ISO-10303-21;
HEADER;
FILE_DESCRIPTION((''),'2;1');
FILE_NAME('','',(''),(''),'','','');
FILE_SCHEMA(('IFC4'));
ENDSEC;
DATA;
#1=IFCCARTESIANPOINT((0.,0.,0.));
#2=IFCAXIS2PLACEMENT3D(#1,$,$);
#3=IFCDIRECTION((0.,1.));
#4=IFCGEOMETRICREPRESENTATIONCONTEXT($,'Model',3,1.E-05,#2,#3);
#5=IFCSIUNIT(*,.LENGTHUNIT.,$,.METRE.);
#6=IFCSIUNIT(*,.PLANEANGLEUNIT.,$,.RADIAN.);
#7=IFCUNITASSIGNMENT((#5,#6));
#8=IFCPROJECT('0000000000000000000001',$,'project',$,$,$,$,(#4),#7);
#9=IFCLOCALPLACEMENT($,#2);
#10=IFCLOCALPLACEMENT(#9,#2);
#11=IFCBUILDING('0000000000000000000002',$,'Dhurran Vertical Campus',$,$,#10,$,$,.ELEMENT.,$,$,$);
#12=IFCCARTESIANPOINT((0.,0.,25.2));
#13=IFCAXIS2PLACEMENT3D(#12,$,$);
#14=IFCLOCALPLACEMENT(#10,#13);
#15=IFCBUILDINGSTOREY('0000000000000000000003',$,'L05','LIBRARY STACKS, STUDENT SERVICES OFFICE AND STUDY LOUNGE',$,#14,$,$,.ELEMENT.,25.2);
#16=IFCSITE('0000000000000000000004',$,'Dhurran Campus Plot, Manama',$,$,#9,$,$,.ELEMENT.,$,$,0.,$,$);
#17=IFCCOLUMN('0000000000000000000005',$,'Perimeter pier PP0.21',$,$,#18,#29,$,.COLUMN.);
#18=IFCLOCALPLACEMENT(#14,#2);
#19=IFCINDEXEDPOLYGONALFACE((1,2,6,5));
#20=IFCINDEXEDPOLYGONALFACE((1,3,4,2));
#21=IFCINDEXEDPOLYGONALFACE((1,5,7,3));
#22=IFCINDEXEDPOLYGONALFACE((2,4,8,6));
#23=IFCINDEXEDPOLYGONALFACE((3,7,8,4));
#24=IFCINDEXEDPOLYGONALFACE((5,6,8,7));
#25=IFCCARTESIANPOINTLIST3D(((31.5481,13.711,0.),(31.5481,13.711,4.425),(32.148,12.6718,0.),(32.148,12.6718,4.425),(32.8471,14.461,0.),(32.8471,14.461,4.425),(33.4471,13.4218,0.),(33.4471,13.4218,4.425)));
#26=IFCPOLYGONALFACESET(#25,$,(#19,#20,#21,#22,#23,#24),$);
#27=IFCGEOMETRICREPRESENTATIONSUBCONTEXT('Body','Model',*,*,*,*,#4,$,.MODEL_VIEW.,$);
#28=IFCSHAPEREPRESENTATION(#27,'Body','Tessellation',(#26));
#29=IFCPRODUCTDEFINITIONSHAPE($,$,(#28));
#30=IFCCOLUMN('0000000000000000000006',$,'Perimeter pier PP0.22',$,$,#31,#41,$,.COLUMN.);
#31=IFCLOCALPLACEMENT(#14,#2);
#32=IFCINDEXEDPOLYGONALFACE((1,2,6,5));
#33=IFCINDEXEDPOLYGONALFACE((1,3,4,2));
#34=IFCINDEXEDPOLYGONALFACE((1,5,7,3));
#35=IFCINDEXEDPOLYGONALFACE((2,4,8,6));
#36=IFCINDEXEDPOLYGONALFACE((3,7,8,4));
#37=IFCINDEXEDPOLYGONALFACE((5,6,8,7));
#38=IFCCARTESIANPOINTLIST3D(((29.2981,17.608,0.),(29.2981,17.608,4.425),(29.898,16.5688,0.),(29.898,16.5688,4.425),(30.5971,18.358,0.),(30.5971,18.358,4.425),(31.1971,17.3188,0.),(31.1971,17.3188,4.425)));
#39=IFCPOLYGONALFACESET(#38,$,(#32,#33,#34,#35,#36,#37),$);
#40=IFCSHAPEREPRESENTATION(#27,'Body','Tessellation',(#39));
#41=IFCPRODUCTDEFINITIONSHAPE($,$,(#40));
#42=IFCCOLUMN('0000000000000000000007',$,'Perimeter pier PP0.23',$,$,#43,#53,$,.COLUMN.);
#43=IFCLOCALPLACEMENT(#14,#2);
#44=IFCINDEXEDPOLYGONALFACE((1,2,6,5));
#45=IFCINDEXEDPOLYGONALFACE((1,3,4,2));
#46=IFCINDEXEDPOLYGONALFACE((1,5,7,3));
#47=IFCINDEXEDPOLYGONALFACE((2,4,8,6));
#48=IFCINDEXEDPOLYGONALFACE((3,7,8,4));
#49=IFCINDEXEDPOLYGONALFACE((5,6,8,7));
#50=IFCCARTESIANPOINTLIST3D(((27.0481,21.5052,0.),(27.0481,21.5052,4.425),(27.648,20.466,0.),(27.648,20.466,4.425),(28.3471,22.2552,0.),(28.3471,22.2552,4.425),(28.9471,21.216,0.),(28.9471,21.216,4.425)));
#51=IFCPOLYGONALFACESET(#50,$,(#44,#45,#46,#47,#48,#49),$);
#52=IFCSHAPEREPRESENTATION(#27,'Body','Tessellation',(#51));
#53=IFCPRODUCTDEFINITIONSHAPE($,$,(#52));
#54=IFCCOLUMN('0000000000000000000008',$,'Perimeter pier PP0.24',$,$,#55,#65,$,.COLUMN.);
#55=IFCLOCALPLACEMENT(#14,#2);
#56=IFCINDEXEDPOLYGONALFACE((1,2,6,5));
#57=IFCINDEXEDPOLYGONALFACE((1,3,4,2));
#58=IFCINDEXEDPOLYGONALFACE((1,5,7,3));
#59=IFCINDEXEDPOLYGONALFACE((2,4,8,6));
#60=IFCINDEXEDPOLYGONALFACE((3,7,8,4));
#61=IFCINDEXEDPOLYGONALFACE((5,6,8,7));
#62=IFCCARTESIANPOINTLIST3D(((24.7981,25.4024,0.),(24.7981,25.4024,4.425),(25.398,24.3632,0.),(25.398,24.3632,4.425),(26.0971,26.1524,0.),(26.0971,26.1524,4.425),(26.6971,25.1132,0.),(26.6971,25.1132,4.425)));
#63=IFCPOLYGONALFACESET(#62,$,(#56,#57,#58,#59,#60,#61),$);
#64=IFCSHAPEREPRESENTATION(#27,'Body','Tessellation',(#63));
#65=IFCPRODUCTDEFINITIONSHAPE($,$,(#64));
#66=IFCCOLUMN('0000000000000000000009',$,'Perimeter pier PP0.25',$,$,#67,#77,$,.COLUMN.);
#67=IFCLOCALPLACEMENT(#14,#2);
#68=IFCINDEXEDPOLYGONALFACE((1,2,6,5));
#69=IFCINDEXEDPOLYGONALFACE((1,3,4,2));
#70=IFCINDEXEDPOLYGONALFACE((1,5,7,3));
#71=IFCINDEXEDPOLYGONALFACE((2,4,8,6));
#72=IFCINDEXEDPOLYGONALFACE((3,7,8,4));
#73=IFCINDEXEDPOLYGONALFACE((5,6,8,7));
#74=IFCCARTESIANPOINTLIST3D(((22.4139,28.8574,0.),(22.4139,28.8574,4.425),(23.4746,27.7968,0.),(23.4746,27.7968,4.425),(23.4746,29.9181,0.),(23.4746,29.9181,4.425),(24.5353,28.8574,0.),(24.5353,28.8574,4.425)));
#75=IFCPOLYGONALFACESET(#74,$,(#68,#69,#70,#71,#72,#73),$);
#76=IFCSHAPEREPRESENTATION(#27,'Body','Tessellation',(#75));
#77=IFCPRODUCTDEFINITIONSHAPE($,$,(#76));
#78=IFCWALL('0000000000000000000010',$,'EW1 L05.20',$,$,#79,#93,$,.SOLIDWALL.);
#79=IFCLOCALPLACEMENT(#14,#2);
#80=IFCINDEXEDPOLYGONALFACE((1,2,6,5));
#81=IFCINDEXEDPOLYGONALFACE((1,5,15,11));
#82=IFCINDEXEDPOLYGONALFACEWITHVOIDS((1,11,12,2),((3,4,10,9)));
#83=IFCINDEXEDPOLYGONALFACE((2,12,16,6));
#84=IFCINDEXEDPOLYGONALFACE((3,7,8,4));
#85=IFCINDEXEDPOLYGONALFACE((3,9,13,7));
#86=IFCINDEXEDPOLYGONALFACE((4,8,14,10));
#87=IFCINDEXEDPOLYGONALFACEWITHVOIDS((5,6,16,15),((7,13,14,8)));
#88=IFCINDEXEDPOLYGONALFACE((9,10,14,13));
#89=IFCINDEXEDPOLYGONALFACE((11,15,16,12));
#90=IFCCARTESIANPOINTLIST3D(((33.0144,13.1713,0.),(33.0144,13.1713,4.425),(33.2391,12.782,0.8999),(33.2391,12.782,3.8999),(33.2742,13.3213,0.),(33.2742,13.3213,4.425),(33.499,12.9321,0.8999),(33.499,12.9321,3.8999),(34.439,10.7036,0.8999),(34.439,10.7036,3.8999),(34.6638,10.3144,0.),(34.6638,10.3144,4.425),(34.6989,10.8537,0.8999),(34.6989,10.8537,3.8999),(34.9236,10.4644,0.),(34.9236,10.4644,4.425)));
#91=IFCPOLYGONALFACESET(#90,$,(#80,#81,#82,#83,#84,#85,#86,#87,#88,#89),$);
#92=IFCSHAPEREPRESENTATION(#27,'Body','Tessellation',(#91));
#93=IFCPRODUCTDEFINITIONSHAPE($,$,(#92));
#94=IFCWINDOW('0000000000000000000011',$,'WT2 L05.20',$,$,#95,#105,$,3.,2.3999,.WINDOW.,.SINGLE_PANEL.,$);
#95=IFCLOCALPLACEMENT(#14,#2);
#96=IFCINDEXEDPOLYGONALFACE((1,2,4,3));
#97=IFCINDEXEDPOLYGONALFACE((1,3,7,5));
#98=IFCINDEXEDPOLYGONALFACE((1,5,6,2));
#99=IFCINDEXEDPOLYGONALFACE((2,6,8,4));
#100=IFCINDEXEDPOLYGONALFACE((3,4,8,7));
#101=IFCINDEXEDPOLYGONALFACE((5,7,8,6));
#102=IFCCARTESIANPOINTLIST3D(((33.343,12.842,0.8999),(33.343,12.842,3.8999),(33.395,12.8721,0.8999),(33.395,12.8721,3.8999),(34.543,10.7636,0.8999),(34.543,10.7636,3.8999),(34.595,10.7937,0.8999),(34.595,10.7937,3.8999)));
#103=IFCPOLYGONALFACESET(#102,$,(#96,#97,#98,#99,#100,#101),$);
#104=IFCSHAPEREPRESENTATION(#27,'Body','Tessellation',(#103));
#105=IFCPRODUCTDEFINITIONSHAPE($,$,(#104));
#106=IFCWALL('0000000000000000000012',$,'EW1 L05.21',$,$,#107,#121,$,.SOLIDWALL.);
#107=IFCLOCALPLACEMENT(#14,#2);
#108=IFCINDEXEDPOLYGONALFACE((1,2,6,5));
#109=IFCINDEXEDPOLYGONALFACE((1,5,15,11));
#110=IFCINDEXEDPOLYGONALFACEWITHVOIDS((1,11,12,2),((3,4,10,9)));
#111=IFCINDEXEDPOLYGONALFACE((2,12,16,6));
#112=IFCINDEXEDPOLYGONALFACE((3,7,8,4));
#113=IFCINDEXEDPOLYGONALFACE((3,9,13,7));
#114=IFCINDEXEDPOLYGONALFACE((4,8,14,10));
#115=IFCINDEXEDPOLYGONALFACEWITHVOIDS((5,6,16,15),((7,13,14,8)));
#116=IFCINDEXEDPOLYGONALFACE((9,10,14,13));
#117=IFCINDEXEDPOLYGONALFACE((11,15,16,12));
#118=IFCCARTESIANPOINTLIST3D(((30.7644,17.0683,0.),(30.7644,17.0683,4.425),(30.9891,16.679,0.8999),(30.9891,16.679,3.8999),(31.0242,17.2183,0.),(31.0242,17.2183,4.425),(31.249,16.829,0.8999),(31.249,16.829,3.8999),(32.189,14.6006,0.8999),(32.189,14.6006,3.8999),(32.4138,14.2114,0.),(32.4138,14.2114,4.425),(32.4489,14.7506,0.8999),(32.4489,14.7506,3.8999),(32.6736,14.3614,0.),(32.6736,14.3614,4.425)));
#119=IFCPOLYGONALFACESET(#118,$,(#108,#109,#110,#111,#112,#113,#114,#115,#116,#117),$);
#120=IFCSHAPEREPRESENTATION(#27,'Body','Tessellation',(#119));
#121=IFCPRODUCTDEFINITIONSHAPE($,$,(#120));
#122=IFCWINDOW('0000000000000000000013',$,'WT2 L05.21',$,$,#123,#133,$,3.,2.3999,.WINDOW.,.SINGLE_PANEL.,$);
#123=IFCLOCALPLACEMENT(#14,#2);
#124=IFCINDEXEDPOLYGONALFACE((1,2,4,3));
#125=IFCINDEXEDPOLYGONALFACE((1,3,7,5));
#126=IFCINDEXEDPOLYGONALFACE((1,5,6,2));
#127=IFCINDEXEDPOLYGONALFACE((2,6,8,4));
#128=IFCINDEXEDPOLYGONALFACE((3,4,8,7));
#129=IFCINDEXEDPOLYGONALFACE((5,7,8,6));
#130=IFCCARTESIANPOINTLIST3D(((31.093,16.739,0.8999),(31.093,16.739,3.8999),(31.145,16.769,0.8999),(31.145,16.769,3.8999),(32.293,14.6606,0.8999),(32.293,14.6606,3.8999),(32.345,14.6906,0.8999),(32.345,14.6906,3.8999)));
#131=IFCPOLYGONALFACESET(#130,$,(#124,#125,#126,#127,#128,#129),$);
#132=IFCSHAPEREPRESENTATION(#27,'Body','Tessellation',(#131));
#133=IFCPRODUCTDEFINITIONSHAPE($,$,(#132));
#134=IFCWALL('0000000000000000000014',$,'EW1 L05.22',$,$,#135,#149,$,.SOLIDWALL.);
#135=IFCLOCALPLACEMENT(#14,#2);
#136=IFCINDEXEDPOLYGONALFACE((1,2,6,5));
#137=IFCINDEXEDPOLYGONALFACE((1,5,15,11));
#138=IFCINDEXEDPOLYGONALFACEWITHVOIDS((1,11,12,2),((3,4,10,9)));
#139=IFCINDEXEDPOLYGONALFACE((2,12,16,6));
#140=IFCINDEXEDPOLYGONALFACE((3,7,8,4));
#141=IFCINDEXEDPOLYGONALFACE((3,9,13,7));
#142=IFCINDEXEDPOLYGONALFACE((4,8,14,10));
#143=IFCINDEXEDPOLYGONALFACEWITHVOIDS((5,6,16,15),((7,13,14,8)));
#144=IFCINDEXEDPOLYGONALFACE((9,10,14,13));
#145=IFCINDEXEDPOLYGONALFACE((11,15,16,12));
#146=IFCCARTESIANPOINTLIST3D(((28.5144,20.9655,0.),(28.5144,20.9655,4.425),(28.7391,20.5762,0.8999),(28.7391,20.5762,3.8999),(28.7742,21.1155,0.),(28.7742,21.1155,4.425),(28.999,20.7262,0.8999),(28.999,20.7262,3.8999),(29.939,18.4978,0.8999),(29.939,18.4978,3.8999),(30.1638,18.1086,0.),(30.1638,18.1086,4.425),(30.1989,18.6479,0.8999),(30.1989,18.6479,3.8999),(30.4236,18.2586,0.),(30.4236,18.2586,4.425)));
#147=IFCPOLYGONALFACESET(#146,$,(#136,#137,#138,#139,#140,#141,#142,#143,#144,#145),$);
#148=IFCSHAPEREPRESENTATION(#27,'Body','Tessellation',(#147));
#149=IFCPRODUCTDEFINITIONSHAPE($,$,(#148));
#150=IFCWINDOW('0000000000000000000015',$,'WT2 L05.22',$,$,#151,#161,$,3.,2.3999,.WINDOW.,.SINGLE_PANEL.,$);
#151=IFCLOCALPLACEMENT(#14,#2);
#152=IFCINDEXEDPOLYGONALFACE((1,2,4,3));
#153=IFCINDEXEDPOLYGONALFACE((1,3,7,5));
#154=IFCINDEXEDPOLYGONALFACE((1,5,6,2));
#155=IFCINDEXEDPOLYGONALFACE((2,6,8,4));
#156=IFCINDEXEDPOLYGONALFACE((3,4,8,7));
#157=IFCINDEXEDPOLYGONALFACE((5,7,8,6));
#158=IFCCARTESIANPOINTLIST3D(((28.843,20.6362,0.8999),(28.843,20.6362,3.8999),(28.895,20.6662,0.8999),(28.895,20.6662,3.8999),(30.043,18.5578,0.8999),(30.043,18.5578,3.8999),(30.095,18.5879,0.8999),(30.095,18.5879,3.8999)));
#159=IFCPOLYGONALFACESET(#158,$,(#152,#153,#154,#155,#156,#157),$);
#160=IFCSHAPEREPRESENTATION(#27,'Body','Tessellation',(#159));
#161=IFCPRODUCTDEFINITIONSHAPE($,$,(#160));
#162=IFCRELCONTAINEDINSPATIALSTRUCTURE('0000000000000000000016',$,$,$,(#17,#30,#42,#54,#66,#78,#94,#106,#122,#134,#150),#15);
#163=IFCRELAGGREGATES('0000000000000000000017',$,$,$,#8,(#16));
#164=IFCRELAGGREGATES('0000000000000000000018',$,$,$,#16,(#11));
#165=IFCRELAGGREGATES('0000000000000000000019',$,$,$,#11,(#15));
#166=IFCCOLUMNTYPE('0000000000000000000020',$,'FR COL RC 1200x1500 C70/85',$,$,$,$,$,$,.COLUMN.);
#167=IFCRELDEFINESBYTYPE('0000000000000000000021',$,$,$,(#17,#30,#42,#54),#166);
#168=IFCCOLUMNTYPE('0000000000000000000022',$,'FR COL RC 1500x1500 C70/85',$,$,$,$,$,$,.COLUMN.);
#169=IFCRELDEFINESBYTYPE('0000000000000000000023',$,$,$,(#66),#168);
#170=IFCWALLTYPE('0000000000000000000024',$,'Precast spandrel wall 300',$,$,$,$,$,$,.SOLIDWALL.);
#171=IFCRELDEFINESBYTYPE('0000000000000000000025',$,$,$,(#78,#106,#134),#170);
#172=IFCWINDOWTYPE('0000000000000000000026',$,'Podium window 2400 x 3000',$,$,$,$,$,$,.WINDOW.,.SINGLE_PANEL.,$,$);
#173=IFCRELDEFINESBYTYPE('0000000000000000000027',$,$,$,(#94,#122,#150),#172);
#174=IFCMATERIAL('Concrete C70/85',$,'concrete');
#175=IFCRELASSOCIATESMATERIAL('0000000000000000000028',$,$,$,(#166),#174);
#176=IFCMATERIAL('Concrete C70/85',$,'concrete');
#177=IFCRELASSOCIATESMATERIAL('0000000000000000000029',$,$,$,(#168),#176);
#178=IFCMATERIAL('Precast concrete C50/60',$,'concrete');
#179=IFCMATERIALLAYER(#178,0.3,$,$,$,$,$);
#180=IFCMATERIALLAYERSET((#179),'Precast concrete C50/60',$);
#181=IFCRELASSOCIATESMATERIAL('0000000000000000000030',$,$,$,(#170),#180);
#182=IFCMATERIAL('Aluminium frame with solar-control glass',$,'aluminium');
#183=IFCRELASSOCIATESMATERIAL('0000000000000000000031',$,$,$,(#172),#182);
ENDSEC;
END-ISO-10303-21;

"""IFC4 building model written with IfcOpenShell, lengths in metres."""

from ifc_helpers import new_model, si_unit, direction, frame, frame_2d, origin, origin_2d, place, context, subcontext, project, spatial, rectangle, extrude, material, layer, layer_set, material_profile, profile_set, type_object, element, fill, save


model = new_model("IFC4")

# Units and contexts
model_context = context("Model", 3, precision=1e-05, world=origin(), true_north=direction((0.0, 1.0)))
body_context = subcontext(model_context, "Body", "Model", "MODEL_VIEW")
ifc_project = project(units=[si_unit("LENGTHUNIT", "METRE"), si_unit("PLANEANGLEUNIT", "RADIAN")], contexts=[model_context])

# Site, building, storey
site_placement = place(None, origin())
site = spatial("IfcSite", under=ifc_project, at=site_placement, Name="Dhurran Campus Plot, Manama", CompositionType="ELEMENT", RefElevation=0.0)
building_placement = place(site_placement, origin())
building = spatial("IfcBuilding", under=site, at=building_placement, Name="Dhurran Vertical Campus", CompositionType="ELEMENT")
storey_placement = place(building_placement, frame((0.0, 0.0, 25.2)))
storey = spatial("IfcBuildingStorey", under=building, at=storey_placement, Name="L05", Description="LIBRARY STACKS, STUDENT SERVICES OFFICE AND STUDY LOUNGE", CompositionType="ELEMENT", Elevation=25.2)

# Columns
ifc_material_1 = material(Name="Concrete C70/85", Category="concrete")
ifc_material_profile_1 = material_profile(ifc_material_1, rectangle(XDim=1.2, YDim=1.5, at=origin_2d()), Name="RC 1200x1500")
ifc_profile_set_1 = profile_set([ifc_material_profile_1], Name="Concrete C70/85")
column_type_1 = type_object("IfcColumnType", Name="FR COL RC 1200x1500 C70/85", PredefinedType="COLUMN", material=ifc_profile_set_1)
for number, where, z_axis, x_axis, name in (
    (1, (32.4976, 13.5664, 0.0), (0.0, 0.0, 1.0), (-0.5, 0.866025, 0.0), "Perimeter pier PP0.21"),
    (2, (30.2476, 17.4634, 0.0), (0.0, 0.0, 1.0), (-0.5, 0.866025, 0.0), "Perimeter pier PP0.22"),
    (3, (27.9976, 21.3606, 0.0), (0.0, 0.0, 1.0), (-0.5, 0.866025, 0.0), "Perimeter pier PP0.23"),
    (4, (25.7476, 25.2578, 0.0), (0.0, 0.0, 1.0), (-0.5, 0.866025, 0.0), "Perimeter pier PP0.24"),
):
    element("IfcColumn", number, at=place(storey_placement, frame(where, z_axis=z_axis, x_axis=x_axis)), inside=storey, type_object=column_type_1, Name=name, PredefinedType="COLUMN", context=body_context, shape_type="SweptSolid", body=[
        extrude(rectangle(XDim=1.2, YDim=1.5, at=origin_2d()), origin(), (0.0, 0.0, 1.0), 4.425),
    ])
ifc_material_2 = material(Name="Concrete C70/85", Category="concrete")
ifc_material_profile_2 = material_profile(ifc_material_2, rectangle(XDim=1.5, YDim=1.5, at=origin_2d()), Name="RC 1500x1500")
ifc_profile_set_2 = profile_set([ifc_material_profile_2], Name="Concrete C70/85")
column_type_2 = type_object("IfcColumnType", Name="FR COL RC 1500x1500 C70/85", PredefinedType="COLUMN", material=ifc_profile_set_2)
column_placement = place(storey_placement, frame((23.4746, 28.8574, 0.0), z_axis=(0.0, 0.0, 1.0), x_axis=(-0.707107, 0.707107, 0.0)))
element("IfcColumn", 5, at=column_placement, inside=storey, type_object=column_type_2, Name="Perimeter pier PP0.25", PredefinedType="COLUMN", context=body_context, shape_type="SweptSolid", body=[
    extrude(rectangle(XDim=1.5, YDim=1.5, at=origin_2d()), origin(), (0.0, 0.0, 1.0), 4.425),
])

# Walls, openings, windows
ifc_material_3 = material(Name="Precast concrete C50/60", Category="concrete")
ifc_layer_1 = layer(ifc_material_3, 0.3)
ifc_layer_set_1 = layer_set([ifc_layer_1], Name="Precast concrete C50/60")
wall_type_1 = type_object("IfcWallType", Name="Precast spandrel wall 300", PredefinedType="SOLIDWALL", material=ifc_layer_set_1)
wall_1_placement = place(storey_placement, frame((34.7937, 10.3894, 0.0), z_axis=(0.0, 0.0, 1.0), x_axis=(-0.499992, 0.86603, 0.0)))
wall_1 = element("IfcWall", 6, at=wall_1_placement, inside=storey, type_object=wall_type_1, Name="EW1 L05.20", PredefinedType="SOLIDWALL", context=body_context, shape_type="SweptSolid", body=[
    extrude(rectangle(XDim=3.2988, YDim=0.3, at=frame_2d((1.6494, 0.0))), origin(), (0.0, 0.0, 1.0), 4.425),
])
opening_1_placement = place(wall_1_placement, frame((0.4495, 0.0, 0.8999)))
opening_1 = element("IfcOpeningElement", 7, at=opening_1_placement, cuts=wall_1, PredefinedType="OPENING", context=body_context, shape_type="SweptSolid", body=[
    extrude(rectangle(XDim=2.3999, YDim=3.0, at=frame_2d((1.2, 1.5))), frame((0.0, 0.1599, 0.0), z_axis=(0.0, -1.0, 0.0), x_axis=(1.0, 0.0, 0.0)), (0.0, 0.0, 1.0), 0.3201),
])
ifc_material_4 = material(Name="Aluminium frame with solar-control glass", Category="aluminium")
window_type = type_object("IfcWindowType", Name="Podium window 2400 x 3000", PartitioningType="SINGLE_PANEL", PredefinedType="WINDOW", material=ifc_material_4)
window_1_placement = place(opening_1_placement, origin())
window_1 = element("IfcWindow", 8, at=window_1_placement, inside=storey, type_object=window_type, Name="WT2 L05.20", OverallHeight=3.0, OverallWidth=2.3999, PartitioningType="SINGLE_PANEL", PredefinedType="WINDOW", context=body_context, shape_type="SweptSolid", body=[
    extrude(rectangle(XDim=2.3999, YDim=3.0, at=frame_2d((1.2, 1.5))), frame((0.0, 0.03, 0.0), z_axis=(0.0, -1.0, 0.0), x_axis=(1.0, 0.0, 0.0)), (0.0, 0.0, 1.0), 0.0601),
])
fill(opening_1, window_1)
wall_2_placement = place(storey_placement, frame((32.5437, 14.2864, 0.0), z_axis=(0.0, 0.0, 1.0), x_axis=(-0.499992, 0.86603, 0.0)))
wall_2 = element("IfcWall", 9, at=wall_2_placement, inside=storey, type_object=wall_type_1, Name="EW1 L05.21", PredefinedType="SOLIDWALL", context=body_context, shape_type="SweptSolid", body=[
    extrude(rectangle(XDim=3.2988, YDim=0.3, at=frame_2d((1.6494, 0.0))), origin(), (0.0, 0.0, 1.0), 4.425),
])
opening_2_placement = place(wall_2_placement, frame((0.4495, 0.0, 0.8999)))
opening_2 = element("IfcOpeningElement", 10, at=opening_2_placement, cuts=wall_2, PredefinedType="OPENING", context=body_context, shape_type="SweptSolid", body=[
    extrude(rectangle(XDim=2.3999, YDim=3.0, at=frame_2d((1.2, 1.5))), frame((0.0, 0.1599, 0.0), z_axis=(0.0, -1.0, 0.0), x_axis=(1.0, 0.0, 0.0)), (0.0, 0.0, 1.0), 0.3201),
])
window_2_placement = place(opening_2_placement, origin())
window_2 = element("IfcWindow", 11, at=window_2_placement, inside=storey, type_object=window_type, Name="WT2 L05.21", OverallHeight=3.0, OverallWidth=2.3999, PartitioningType="SINGLE_PANEL", PredefinedType="WINDOW", context=body_context, shape_type="SweptSolid", body=[
    extrude(rectangle(XDim=2.3999, YDim=3.0, at=frame_2d((1.2, 1.5))), frame((0.0, 0.03, 0.0), z_axis=(0.0, -1.0, 0.0), x_axis=(1.0, 0.0, 0.0)), (0.0, 0.0, 1.0), 0.0601),
])
fill(opening_2, window_2)
wall_3_placement = place(storey_placement, frame((30.2937, 18.1836, 0.0), z_axis=(0.0, 0.0, 1.0), x_axis=(-0.499992, 0.86603, 0.0)))
wall_3 = element("IfcWall", 12, at=wall_3_placement, inside=storey, type_object=wall_type_1, Name="EW1 L05.22", PredefinedType="SOLIDWALL", context=body_context, shape_type="SweptSolid", body=[
    extrude(rectangle(XDim=3.2988, YDim=0.3, at=frame_2d((1.6494, 0.0))), origin(), (0.0, 0.0, 1.0), 4.425),
])
opening_3_placement = place(wall_3_placement, frame((0.4495, 0.0, 0.8999)))
opening_3 = element("IfcOpeningElement", 13, at=opening_3_placement, cuts=wall_3, PredefinedType="OPENING", context=body_context, shape_type="SweptSolid", body=[
    extrude(rectangle(XDim=2.3999, YDim=3.0, at=frame_2d((1.2, 1.5))), frame((0.0, 0.1599, 0.0), z_axis=(0.0, -1.0, 0.0), x_axis=(1.0, 0.0, 0.0)), (0.0, 0.0, 1.0), 0.3201),
])
window_3_placement = place(opening_3_placement, origin())
window_3 = element("IfcWindow", 14, at=window_3_placement, inside=storey, type_object=window_type, Name="WT2 L05.22", OverallHeight=3.0, OverallWidth=2.3999, PartitioningType="SINGLE_PANEL", PredefinedType="WINDOW", context=body_context, shape_type="SweptSolid", body=[
    extrude(rectangle(XDim=2.3999, YDim=3.0, at=frame_2d((1.2, 1.5))), frame((0.0, 0.03, 0.0), z_axis=(0.0, -1.0, 0.0), x_axis=(1.0, 0.0, 0.0)), (0.0, 0.0, 1.0), 0.0601),
])
fill(opening_3, window_3)

save(model, "model.ifc")
